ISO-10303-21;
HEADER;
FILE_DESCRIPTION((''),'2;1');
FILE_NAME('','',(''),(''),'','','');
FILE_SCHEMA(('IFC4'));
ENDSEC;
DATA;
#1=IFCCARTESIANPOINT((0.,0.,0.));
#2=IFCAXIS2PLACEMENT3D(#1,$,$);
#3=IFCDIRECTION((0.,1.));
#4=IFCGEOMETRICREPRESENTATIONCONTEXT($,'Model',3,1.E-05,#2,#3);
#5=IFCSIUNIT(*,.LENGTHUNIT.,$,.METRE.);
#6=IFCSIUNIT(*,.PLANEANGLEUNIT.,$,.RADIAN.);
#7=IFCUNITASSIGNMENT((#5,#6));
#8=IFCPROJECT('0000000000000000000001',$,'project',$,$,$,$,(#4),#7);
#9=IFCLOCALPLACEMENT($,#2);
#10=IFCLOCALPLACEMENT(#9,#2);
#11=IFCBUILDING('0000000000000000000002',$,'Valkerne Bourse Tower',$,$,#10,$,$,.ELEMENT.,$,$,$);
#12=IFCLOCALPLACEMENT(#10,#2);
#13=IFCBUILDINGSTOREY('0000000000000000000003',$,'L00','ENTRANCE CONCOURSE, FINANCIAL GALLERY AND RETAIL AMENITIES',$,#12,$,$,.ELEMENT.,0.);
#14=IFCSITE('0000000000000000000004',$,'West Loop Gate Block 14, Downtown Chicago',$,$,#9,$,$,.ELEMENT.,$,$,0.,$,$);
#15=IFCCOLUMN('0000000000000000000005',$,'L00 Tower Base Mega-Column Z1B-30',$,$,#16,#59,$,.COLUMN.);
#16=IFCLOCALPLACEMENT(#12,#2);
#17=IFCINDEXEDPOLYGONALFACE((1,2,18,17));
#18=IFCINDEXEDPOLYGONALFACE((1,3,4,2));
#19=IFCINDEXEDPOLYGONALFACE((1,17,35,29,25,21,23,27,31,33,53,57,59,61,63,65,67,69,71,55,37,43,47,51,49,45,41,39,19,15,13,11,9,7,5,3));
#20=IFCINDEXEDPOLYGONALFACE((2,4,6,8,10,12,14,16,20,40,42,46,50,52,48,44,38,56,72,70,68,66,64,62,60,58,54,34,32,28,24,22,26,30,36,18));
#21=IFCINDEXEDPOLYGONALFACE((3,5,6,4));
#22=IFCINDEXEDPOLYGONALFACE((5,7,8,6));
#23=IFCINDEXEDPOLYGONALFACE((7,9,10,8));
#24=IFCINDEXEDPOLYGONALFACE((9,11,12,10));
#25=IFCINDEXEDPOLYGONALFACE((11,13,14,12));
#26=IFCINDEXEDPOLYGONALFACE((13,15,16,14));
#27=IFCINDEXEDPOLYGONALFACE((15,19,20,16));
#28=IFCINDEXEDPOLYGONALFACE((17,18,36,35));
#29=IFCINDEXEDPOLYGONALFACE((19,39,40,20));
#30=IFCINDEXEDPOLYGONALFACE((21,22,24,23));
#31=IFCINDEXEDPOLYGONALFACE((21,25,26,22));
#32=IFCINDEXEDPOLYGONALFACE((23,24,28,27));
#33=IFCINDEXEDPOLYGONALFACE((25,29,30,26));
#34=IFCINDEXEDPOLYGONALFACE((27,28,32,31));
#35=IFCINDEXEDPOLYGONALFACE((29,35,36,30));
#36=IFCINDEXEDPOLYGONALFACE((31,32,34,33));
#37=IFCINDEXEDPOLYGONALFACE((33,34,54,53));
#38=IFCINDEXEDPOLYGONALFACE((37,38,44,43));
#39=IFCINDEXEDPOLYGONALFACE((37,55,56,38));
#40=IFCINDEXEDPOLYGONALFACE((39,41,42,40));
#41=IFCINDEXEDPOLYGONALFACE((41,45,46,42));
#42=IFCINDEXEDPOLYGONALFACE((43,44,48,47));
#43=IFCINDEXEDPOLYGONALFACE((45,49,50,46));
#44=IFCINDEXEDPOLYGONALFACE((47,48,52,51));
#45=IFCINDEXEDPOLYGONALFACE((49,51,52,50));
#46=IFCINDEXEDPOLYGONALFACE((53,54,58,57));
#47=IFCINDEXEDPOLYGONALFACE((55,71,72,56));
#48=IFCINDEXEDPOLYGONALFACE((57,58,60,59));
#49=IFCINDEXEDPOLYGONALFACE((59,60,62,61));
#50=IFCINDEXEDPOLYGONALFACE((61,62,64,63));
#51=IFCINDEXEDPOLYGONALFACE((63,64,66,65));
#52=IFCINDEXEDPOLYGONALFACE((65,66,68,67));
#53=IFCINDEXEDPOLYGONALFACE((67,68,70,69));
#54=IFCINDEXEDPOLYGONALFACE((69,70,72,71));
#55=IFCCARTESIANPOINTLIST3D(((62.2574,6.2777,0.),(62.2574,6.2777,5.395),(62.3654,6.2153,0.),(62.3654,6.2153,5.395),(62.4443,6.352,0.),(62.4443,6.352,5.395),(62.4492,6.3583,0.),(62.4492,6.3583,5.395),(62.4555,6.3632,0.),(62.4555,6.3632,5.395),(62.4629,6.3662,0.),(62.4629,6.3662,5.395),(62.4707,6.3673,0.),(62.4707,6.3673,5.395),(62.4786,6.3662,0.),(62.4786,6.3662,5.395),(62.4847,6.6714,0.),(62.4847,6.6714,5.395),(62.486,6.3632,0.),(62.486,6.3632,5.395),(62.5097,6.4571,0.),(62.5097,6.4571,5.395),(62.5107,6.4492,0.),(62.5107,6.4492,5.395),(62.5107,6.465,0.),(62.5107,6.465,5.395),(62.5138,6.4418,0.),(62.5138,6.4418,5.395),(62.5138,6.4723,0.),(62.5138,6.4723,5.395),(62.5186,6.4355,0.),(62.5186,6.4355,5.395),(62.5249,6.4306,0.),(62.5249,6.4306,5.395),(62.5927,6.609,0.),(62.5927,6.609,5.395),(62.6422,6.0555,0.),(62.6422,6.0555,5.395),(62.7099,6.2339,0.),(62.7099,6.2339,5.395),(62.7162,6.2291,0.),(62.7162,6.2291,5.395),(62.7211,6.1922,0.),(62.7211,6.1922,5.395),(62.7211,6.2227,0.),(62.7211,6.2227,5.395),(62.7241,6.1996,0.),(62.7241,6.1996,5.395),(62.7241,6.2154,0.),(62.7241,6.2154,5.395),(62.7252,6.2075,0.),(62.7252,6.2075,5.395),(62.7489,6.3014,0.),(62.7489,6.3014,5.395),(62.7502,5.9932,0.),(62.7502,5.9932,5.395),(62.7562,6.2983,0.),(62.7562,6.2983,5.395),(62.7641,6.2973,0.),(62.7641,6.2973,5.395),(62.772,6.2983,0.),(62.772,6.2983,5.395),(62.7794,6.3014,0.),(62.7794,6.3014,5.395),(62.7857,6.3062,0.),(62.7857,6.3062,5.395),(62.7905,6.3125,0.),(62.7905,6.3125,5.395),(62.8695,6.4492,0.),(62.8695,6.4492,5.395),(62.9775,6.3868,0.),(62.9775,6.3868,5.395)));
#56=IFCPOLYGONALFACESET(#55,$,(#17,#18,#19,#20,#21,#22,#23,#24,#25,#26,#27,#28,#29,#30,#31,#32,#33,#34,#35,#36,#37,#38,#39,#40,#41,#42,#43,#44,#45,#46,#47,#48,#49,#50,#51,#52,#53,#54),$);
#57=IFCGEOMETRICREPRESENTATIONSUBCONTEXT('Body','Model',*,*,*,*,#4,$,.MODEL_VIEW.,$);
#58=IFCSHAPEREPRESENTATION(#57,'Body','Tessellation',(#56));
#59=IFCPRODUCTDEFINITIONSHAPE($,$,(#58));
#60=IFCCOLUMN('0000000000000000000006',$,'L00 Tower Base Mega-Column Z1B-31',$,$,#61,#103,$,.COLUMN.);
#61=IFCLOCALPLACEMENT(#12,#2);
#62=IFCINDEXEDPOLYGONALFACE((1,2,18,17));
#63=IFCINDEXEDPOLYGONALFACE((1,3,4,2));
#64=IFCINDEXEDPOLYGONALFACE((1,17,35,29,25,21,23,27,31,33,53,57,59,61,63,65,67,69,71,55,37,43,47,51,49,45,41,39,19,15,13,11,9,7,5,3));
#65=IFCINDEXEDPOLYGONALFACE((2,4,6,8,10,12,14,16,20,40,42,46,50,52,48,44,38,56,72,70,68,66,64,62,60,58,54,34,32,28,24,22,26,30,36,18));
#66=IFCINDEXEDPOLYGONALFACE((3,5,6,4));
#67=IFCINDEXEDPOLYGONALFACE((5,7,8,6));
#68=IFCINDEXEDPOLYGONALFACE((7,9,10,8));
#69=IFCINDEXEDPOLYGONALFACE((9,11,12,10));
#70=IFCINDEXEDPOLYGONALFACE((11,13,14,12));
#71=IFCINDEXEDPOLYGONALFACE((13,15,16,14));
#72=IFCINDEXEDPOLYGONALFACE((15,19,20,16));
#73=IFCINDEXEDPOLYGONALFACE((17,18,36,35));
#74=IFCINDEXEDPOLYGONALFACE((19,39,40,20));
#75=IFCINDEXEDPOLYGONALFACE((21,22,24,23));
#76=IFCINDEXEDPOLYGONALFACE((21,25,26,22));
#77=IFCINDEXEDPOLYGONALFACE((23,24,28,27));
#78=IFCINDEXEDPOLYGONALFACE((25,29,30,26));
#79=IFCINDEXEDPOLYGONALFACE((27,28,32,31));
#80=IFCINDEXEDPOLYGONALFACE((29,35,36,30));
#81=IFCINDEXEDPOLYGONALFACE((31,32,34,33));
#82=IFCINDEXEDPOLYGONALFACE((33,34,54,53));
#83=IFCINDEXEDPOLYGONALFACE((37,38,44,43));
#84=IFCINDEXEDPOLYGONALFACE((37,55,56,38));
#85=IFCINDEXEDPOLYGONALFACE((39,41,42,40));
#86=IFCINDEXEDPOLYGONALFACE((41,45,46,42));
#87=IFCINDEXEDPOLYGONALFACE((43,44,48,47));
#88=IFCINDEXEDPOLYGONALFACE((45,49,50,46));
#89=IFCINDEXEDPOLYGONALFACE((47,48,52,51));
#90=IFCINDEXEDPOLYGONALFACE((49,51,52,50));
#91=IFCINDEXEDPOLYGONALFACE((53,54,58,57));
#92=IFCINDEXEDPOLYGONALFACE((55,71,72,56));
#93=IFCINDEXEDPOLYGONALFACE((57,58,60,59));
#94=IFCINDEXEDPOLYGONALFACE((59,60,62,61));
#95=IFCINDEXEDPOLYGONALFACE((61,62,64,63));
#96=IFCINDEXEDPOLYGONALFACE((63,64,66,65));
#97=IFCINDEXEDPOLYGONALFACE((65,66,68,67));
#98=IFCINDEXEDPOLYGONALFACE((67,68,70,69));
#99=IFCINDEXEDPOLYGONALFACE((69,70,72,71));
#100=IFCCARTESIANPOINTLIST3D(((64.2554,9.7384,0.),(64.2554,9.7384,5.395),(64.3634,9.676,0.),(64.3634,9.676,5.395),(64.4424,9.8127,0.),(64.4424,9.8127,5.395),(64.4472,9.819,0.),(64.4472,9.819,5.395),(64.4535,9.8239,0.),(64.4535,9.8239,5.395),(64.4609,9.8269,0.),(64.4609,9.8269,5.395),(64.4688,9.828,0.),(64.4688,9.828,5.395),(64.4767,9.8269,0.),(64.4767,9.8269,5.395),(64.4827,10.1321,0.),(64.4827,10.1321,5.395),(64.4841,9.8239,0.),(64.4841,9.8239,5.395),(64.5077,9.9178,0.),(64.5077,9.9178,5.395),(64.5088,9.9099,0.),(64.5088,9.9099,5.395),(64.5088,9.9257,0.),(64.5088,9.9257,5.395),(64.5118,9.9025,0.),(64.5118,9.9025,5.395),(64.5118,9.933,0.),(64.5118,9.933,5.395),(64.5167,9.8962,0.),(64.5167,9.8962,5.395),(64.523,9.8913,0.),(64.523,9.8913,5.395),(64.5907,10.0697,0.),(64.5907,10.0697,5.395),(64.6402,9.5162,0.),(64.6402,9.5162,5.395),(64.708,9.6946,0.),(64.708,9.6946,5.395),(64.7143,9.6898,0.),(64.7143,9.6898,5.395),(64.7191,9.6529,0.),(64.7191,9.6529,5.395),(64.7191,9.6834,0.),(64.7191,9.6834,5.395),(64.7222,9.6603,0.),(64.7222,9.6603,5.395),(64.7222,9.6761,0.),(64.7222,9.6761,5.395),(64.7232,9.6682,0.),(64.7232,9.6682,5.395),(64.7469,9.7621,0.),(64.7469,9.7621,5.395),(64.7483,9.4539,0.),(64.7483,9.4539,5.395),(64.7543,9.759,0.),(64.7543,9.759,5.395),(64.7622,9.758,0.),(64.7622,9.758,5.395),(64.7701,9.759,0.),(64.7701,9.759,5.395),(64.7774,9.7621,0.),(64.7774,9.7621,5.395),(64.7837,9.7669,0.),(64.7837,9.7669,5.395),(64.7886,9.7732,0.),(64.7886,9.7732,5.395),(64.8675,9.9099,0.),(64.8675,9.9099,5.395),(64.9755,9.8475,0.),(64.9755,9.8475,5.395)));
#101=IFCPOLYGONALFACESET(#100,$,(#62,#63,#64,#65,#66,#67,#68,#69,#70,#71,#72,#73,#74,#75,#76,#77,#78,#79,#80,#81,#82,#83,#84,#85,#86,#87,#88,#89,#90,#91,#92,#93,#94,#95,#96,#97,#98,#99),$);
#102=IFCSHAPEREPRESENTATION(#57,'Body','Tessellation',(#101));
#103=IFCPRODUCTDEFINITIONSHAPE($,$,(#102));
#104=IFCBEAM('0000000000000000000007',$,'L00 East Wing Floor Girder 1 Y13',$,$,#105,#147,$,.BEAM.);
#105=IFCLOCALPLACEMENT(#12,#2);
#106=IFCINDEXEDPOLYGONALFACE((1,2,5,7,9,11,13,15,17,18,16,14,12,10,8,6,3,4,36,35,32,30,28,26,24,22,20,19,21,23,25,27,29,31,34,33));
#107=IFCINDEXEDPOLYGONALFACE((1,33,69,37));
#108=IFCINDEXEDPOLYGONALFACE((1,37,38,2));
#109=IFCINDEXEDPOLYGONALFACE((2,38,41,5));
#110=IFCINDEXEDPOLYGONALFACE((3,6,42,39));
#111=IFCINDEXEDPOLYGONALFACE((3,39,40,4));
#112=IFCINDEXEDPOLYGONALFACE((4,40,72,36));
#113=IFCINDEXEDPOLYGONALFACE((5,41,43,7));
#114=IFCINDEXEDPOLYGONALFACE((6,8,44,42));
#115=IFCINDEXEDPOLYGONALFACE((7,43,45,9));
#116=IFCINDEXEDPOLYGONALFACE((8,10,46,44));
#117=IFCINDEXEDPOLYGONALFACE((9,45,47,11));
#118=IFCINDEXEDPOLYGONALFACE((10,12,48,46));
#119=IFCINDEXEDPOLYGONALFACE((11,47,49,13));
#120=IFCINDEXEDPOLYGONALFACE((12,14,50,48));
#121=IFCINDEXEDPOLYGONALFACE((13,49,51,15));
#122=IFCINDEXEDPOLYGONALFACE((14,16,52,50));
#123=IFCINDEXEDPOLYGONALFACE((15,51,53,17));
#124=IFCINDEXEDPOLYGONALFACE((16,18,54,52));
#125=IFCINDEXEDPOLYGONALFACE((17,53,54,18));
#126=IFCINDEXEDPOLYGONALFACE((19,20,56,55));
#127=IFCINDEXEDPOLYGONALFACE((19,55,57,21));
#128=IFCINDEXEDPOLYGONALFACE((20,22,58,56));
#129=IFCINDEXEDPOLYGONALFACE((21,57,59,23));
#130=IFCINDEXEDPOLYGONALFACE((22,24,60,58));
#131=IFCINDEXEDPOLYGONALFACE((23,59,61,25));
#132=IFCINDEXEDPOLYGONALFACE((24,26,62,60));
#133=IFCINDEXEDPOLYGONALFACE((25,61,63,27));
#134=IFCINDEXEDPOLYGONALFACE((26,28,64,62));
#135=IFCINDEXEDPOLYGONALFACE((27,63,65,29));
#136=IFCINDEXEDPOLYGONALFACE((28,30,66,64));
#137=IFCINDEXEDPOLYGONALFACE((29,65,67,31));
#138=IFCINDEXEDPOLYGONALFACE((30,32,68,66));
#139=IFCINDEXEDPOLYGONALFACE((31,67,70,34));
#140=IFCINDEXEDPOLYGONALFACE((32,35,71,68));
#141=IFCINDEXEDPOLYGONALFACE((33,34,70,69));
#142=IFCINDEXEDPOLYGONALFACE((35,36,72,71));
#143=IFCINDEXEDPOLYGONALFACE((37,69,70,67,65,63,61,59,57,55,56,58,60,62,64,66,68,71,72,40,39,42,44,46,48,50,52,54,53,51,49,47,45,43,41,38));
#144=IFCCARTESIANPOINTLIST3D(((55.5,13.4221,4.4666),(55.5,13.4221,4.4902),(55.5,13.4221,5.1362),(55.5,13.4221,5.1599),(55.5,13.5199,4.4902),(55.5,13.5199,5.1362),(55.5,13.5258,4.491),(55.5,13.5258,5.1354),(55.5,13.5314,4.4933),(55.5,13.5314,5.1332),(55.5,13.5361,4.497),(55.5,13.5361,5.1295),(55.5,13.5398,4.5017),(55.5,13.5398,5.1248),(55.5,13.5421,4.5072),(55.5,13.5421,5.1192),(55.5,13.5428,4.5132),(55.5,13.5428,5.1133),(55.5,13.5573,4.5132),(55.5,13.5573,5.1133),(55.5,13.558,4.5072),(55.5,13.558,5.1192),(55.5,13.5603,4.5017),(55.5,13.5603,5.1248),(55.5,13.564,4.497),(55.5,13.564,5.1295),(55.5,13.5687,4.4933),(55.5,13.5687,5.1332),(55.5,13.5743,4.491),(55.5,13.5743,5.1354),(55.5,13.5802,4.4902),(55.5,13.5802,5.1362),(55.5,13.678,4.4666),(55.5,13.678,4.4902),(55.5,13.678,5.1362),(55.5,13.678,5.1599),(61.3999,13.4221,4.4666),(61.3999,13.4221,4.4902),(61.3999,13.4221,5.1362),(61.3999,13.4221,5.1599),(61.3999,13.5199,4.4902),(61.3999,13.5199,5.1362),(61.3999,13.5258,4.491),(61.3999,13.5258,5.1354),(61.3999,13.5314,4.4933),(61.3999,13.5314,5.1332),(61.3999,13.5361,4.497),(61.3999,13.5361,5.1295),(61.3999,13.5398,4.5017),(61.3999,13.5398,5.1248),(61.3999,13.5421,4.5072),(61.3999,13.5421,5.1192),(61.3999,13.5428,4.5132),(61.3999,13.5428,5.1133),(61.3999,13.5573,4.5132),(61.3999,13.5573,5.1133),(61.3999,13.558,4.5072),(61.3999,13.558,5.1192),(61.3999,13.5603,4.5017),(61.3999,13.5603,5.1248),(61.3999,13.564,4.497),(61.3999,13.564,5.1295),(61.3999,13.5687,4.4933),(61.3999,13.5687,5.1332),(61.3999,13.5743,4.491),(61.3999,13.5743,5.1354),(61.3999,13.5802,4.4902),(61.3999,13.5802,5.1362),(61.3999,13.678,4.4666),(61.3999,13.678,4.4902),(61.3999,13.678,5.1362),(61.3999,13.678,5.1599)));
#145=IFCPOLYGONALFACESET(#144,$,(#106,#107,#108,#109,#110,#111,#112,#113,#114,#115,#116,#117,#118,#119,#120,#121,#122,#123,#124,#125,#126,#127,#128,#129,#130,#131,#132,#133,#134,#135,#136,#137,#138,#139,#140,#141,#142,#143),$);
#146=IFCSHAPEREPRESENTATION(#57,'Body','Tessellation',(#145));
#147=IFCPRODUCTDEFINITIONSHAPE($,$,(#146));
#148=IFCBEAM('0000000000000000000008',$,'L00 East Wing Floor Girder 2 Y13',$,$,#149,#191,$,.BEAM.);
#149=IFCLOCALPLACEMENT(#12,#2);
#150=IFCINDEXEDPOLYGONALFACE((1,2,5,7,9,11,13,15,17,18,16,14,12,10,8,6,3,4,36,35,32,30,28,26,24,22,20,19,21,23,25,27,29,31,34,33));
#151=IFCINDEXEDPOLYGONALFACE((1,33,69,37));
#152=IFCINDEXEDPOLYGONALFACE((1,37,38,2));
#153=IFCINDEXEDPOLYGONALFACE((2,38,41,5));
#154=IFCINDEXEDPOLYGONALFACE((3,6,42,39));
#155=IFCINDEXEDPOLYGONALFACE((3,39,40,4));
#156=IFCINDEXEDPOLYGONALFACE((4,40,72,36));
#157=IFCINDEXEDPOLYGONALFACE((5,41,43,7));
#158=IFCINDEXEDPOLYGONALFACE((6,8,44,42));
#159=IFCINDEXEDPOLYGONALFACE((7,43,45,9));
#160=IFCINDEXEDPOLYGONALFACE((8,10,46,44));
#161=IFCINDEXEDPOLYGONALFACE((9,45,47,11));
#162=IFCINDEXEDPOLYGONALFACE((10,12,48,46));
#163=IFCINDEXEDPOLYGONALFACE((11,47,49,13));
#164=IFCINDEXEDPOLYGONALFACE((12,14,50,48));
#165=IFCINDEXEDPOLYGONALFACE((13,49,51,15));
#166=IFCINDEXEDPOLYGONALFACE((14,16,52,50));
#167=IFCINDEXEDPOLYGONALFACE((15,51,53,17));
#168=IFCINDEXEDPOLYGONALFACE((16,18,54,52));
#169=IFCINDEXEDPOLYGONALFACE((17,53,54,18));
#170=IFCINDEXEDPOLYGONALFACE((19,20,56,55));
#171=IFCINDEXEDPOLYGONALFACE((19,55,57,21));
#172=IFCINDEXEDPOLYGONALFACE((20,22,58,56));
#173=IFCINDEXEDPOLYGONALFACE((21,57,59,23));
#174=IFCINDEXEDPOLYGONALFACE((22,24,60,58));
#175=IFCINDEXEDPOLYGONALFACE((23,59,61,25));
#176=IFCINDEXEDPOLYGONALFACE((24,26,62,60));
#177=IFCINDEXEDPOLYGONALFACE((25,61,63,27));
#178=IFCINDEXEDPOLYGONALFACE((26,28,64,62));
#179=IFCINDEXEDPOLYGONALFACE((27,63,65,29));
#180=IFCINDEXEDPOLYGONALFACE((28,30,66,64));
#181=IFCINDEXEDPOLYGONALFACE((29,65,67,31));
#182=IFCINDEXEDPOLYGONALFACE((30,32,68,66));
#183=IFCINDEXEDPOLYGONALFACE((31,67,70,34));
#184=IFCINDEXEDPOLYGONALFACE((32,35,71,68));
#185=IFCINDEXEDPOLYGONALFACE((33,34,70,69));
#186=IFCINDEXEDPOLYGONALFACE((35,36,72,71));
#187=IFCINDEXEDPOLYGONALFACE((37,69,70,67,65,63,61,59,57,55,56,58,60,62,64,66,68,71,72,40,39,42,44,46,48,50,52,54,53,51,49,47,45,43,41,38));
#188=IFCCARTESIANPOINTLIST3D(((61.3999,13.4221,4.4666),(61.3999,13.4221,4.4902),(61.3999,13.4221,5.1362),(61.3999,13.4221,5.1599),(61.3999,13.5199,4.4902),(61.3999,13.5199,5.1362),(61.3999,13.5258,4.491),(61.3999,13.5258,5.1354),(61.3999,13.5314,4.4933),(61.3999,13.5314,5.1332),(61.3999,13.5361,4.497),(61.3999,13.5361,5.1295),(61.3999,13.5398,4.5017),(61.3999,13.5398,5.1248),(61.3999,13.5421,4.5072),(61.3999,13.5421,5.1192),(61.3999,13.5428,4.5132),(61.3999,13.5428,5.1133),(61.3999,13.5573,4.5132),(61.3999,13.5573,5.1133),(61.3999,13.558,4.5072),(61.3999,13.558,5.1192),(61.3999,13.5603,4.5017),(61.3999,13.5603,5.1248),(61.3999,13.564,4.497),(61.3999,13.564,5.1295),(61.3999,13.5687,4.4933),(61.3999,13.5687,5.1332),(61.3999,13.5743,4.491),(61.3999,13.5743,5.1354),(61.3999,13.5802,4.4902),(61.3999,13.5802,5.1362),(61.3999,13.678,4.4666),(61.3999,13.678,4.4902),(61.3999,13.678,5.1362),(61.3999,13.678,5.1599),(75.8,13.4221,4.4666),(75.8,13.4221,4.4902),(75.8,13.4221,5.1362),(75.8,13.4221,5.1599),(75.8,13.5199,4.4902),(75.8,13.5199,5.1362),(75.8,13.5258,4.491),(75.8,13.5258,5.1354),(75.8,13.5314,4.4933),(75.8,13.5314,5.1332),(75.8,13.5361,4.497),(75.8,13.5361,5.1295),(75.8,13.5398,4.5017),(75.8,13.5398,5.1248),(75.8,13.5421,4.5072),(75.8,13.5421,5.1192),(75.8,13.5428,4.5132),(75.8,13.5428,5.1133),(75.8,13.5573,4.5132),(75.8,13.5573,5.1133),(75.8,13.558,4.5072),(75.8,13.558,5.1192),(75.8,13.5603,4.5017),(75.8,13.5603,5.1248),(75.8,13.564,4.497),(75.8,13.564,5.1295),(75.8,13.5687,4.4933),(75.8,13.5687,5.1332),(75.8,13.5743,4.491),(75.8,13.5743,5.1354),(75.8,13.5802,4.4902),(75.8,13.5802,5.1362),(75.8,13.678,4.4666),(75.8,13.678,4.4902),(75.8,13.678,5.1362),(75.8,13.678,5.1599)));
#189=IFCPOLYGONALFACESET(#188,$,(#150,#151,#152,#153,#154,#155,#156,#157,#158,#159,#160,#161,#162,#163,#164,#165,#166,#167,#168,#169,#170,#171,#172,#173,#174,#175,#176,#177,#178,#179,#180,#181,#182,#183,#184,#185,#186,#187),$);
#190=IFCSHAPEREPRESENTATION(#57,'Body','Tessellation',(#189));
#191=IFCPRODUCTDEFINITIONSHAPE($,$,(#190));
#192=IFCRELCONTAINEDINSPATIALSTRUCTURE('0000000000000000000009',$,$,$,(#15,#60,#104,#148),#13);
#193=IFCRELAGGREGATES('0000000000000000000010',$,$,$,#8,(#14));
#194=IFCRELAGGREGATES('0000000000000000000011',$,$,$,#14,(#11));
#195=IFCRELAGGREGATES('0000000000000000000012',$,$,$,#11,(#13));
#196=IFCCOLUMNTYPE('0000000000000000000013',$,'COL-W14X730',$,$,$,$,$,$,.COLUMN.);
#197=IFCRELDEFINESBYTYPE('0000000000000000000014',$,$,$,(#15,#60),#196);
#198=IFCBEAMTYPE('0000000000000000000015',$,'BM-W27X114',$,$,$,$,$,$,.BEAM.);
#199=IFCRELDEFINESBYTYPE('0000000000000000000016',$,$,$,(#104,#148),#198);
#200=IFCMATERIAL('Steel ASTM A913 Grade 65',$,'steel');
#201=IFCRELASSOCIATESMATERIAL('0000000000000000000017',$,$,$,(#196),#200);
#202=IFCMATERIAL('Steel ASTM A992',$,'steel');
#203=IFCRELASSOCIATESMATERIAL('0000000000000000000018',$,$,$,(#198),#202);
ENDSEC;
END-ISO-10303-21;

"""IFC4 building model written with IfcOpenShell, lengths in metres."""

from ifc_helpers import new_model, si_unit, direction, frame, origin, origin_2d, place, context, subcontext, project, spatial, i_section, extrude, material, material_profile, profile_set, type_object, element, save


model = new_model("IFC4")

# Units and contexts
model_context = context("Model", 3, precision=1e-05, world=origin(), true_north=direction((0.0, 1.0)))
body_context = subcontext(model_context, "Body", "Model", "MODEL_VIEW")
ifc_project = project(units=[si_unit("LENGTHUNIT", "METRE"), si_unit("PLANEANGLEUNIT", "RADIAN")], contexts=[model_context])

# Site, building, storey
site_placement = place(None, origin())
site = spatial("IfcSite", under=ifc_project, at=site_placement, Name="West Loop Gate Block 14, Downtown Chicago", CompositionType="ELEMENT", RefElevation=0.0)
building_placement = place(site_placement, origin())
building = spatial("IfcBuilding", under=site, at=building_placement, Name="Valkerne Bourse Tower", CompositionType="ELEMENT")
storey_placement = place(building_placement, origin())
storey = spatial("IfcBuildingStorey", under=building, at=storey_placement, Name="L00", Description="ENTRANCE CONCOURSE, FINANCIAL GALLERY AND RETAIL AMENITIES", CompositionType="ELEMENT", Elevation=0.0)

# Columns
ifc_material_1 = material(Name="Steel ASTM A913 Grade 65", Category="steel")
ifc_material_profile_1 = material_profile(ifc_material_1, i_section(OverallWidth=0.4546, OverallDepth=0.5691, WebThickness=0.0779, FlangeThickness=0.1248, FilletRadius=0.0305, at=origin_2d()), Name="W14X730")
ifc_profile_set_1 = profile_set([ifc_material_profile_1], Name="Steel ASTM A913 Grade 65")
column_type_1 = type_object("IfcColumnType", Name="COL-W14X730", PredefinedType="COLUMN", material=ifc_profile_set_1)
for number, where, z_axis, x_axis, name in (
    (1, (62.6174, 6.3323, 0.0), (0.0, 0.0, 1.0), (0.5, 0.866025, 0.0), "L00 Tower Base Mega-Column Z1B-30"),
    (2, (64.6155, 9.793, 0.0), (0.0, 0.0, 1.0), (0.5, 0.866025, 0.0), "L00 Tower Base Mega-Column Z1B-31"),
):
    element("IfcColumn", number, at=place(storey_placement, frame(where, z_axis=z_axis, x_axis=x_axis)), inside=storey, type_object=column_type_1, Name=name, PredefinedType="COLUMN", context=body_context, shape_type="SweptSolid", body=[
        extrude(i_section(OverallWidth=0.4546, OverallDepth=0.5691, WebThickness=0.0779, FlangeThickness=0.1248, FilletRadius=0.0305, at=origin_2d()), origin(), (0.0, 0.0, 1.0), 5.395),
    ])

# Beams
ifc_material_2 = material(Name="Steel ASTM A992", Category="steel")
ifc_material_profile_2 = material_profile(ifc_material_2, i_section(OverallWidth=0.2559, OverallDepth=0.6934, WebThickness=0.0144, FlangeThickness=0.0237, FilletRadius=0.0229, at=origin_2d()), Name="W27X114")
ifc_profile_set_2 = profile_set([ifc_material_profile_2], Name="Steel ASTM A992")
beam_type_1 = type_object("IfcBeamType", Name="BM-W27X114", PredefinedType="BEAM", material=ifc_profile_set_2)
beam_1_placement = place(storey_placement, frame((55.5, 13.55, 4.8132), z_axis=(1.0, 0.0, 0.0), x_axis=(0.0, 1.0, 0.0)))
element("IfcBeam", 3, at=beam_1_placement, inside=storey, type_object=beam_type_1, Name="L00 East Wing Floor Girder 1 Y13", PredefinedType="BEAM", context=body_context, shape_type="SweptSolid", body=[
    extrude(i_section(OverallWidth=0.2559, OverallDepth=0.6934, WebThickness=0.0144, FlangeThickness=0.0237, FilletRadius=0.0229, at=origin_2d()), origin(), (0.0, 0.0, 1.0), 5.8999),
])
beam_2_placement = place(storey_placement, frame((61.3999, 13.55, 4.8132), z_axis=(1.0, 0.0, 0.0), x_axis=(0.0, 1.0, 0.0)))
element("IfcBeam", 4, at=beam_2_placement, inside=storey, type_object=beam_type_1, Name="L00 East Wing Floor Girder 2 Y13", PredefinedType="BEAM", context=body_context, shape_type="SweptSolid", body=[
    extrude(i_section(OverallWidth=0.2559, OverallDepth=0.6934, WebThickness=0.0144, FlangeThickness=0.0237, FilletRadius=0.0229, at=origin_2d()), origin(), (0.0, 0.0, 1.0), 14.4001),
])

save(model, "model.ifc")
